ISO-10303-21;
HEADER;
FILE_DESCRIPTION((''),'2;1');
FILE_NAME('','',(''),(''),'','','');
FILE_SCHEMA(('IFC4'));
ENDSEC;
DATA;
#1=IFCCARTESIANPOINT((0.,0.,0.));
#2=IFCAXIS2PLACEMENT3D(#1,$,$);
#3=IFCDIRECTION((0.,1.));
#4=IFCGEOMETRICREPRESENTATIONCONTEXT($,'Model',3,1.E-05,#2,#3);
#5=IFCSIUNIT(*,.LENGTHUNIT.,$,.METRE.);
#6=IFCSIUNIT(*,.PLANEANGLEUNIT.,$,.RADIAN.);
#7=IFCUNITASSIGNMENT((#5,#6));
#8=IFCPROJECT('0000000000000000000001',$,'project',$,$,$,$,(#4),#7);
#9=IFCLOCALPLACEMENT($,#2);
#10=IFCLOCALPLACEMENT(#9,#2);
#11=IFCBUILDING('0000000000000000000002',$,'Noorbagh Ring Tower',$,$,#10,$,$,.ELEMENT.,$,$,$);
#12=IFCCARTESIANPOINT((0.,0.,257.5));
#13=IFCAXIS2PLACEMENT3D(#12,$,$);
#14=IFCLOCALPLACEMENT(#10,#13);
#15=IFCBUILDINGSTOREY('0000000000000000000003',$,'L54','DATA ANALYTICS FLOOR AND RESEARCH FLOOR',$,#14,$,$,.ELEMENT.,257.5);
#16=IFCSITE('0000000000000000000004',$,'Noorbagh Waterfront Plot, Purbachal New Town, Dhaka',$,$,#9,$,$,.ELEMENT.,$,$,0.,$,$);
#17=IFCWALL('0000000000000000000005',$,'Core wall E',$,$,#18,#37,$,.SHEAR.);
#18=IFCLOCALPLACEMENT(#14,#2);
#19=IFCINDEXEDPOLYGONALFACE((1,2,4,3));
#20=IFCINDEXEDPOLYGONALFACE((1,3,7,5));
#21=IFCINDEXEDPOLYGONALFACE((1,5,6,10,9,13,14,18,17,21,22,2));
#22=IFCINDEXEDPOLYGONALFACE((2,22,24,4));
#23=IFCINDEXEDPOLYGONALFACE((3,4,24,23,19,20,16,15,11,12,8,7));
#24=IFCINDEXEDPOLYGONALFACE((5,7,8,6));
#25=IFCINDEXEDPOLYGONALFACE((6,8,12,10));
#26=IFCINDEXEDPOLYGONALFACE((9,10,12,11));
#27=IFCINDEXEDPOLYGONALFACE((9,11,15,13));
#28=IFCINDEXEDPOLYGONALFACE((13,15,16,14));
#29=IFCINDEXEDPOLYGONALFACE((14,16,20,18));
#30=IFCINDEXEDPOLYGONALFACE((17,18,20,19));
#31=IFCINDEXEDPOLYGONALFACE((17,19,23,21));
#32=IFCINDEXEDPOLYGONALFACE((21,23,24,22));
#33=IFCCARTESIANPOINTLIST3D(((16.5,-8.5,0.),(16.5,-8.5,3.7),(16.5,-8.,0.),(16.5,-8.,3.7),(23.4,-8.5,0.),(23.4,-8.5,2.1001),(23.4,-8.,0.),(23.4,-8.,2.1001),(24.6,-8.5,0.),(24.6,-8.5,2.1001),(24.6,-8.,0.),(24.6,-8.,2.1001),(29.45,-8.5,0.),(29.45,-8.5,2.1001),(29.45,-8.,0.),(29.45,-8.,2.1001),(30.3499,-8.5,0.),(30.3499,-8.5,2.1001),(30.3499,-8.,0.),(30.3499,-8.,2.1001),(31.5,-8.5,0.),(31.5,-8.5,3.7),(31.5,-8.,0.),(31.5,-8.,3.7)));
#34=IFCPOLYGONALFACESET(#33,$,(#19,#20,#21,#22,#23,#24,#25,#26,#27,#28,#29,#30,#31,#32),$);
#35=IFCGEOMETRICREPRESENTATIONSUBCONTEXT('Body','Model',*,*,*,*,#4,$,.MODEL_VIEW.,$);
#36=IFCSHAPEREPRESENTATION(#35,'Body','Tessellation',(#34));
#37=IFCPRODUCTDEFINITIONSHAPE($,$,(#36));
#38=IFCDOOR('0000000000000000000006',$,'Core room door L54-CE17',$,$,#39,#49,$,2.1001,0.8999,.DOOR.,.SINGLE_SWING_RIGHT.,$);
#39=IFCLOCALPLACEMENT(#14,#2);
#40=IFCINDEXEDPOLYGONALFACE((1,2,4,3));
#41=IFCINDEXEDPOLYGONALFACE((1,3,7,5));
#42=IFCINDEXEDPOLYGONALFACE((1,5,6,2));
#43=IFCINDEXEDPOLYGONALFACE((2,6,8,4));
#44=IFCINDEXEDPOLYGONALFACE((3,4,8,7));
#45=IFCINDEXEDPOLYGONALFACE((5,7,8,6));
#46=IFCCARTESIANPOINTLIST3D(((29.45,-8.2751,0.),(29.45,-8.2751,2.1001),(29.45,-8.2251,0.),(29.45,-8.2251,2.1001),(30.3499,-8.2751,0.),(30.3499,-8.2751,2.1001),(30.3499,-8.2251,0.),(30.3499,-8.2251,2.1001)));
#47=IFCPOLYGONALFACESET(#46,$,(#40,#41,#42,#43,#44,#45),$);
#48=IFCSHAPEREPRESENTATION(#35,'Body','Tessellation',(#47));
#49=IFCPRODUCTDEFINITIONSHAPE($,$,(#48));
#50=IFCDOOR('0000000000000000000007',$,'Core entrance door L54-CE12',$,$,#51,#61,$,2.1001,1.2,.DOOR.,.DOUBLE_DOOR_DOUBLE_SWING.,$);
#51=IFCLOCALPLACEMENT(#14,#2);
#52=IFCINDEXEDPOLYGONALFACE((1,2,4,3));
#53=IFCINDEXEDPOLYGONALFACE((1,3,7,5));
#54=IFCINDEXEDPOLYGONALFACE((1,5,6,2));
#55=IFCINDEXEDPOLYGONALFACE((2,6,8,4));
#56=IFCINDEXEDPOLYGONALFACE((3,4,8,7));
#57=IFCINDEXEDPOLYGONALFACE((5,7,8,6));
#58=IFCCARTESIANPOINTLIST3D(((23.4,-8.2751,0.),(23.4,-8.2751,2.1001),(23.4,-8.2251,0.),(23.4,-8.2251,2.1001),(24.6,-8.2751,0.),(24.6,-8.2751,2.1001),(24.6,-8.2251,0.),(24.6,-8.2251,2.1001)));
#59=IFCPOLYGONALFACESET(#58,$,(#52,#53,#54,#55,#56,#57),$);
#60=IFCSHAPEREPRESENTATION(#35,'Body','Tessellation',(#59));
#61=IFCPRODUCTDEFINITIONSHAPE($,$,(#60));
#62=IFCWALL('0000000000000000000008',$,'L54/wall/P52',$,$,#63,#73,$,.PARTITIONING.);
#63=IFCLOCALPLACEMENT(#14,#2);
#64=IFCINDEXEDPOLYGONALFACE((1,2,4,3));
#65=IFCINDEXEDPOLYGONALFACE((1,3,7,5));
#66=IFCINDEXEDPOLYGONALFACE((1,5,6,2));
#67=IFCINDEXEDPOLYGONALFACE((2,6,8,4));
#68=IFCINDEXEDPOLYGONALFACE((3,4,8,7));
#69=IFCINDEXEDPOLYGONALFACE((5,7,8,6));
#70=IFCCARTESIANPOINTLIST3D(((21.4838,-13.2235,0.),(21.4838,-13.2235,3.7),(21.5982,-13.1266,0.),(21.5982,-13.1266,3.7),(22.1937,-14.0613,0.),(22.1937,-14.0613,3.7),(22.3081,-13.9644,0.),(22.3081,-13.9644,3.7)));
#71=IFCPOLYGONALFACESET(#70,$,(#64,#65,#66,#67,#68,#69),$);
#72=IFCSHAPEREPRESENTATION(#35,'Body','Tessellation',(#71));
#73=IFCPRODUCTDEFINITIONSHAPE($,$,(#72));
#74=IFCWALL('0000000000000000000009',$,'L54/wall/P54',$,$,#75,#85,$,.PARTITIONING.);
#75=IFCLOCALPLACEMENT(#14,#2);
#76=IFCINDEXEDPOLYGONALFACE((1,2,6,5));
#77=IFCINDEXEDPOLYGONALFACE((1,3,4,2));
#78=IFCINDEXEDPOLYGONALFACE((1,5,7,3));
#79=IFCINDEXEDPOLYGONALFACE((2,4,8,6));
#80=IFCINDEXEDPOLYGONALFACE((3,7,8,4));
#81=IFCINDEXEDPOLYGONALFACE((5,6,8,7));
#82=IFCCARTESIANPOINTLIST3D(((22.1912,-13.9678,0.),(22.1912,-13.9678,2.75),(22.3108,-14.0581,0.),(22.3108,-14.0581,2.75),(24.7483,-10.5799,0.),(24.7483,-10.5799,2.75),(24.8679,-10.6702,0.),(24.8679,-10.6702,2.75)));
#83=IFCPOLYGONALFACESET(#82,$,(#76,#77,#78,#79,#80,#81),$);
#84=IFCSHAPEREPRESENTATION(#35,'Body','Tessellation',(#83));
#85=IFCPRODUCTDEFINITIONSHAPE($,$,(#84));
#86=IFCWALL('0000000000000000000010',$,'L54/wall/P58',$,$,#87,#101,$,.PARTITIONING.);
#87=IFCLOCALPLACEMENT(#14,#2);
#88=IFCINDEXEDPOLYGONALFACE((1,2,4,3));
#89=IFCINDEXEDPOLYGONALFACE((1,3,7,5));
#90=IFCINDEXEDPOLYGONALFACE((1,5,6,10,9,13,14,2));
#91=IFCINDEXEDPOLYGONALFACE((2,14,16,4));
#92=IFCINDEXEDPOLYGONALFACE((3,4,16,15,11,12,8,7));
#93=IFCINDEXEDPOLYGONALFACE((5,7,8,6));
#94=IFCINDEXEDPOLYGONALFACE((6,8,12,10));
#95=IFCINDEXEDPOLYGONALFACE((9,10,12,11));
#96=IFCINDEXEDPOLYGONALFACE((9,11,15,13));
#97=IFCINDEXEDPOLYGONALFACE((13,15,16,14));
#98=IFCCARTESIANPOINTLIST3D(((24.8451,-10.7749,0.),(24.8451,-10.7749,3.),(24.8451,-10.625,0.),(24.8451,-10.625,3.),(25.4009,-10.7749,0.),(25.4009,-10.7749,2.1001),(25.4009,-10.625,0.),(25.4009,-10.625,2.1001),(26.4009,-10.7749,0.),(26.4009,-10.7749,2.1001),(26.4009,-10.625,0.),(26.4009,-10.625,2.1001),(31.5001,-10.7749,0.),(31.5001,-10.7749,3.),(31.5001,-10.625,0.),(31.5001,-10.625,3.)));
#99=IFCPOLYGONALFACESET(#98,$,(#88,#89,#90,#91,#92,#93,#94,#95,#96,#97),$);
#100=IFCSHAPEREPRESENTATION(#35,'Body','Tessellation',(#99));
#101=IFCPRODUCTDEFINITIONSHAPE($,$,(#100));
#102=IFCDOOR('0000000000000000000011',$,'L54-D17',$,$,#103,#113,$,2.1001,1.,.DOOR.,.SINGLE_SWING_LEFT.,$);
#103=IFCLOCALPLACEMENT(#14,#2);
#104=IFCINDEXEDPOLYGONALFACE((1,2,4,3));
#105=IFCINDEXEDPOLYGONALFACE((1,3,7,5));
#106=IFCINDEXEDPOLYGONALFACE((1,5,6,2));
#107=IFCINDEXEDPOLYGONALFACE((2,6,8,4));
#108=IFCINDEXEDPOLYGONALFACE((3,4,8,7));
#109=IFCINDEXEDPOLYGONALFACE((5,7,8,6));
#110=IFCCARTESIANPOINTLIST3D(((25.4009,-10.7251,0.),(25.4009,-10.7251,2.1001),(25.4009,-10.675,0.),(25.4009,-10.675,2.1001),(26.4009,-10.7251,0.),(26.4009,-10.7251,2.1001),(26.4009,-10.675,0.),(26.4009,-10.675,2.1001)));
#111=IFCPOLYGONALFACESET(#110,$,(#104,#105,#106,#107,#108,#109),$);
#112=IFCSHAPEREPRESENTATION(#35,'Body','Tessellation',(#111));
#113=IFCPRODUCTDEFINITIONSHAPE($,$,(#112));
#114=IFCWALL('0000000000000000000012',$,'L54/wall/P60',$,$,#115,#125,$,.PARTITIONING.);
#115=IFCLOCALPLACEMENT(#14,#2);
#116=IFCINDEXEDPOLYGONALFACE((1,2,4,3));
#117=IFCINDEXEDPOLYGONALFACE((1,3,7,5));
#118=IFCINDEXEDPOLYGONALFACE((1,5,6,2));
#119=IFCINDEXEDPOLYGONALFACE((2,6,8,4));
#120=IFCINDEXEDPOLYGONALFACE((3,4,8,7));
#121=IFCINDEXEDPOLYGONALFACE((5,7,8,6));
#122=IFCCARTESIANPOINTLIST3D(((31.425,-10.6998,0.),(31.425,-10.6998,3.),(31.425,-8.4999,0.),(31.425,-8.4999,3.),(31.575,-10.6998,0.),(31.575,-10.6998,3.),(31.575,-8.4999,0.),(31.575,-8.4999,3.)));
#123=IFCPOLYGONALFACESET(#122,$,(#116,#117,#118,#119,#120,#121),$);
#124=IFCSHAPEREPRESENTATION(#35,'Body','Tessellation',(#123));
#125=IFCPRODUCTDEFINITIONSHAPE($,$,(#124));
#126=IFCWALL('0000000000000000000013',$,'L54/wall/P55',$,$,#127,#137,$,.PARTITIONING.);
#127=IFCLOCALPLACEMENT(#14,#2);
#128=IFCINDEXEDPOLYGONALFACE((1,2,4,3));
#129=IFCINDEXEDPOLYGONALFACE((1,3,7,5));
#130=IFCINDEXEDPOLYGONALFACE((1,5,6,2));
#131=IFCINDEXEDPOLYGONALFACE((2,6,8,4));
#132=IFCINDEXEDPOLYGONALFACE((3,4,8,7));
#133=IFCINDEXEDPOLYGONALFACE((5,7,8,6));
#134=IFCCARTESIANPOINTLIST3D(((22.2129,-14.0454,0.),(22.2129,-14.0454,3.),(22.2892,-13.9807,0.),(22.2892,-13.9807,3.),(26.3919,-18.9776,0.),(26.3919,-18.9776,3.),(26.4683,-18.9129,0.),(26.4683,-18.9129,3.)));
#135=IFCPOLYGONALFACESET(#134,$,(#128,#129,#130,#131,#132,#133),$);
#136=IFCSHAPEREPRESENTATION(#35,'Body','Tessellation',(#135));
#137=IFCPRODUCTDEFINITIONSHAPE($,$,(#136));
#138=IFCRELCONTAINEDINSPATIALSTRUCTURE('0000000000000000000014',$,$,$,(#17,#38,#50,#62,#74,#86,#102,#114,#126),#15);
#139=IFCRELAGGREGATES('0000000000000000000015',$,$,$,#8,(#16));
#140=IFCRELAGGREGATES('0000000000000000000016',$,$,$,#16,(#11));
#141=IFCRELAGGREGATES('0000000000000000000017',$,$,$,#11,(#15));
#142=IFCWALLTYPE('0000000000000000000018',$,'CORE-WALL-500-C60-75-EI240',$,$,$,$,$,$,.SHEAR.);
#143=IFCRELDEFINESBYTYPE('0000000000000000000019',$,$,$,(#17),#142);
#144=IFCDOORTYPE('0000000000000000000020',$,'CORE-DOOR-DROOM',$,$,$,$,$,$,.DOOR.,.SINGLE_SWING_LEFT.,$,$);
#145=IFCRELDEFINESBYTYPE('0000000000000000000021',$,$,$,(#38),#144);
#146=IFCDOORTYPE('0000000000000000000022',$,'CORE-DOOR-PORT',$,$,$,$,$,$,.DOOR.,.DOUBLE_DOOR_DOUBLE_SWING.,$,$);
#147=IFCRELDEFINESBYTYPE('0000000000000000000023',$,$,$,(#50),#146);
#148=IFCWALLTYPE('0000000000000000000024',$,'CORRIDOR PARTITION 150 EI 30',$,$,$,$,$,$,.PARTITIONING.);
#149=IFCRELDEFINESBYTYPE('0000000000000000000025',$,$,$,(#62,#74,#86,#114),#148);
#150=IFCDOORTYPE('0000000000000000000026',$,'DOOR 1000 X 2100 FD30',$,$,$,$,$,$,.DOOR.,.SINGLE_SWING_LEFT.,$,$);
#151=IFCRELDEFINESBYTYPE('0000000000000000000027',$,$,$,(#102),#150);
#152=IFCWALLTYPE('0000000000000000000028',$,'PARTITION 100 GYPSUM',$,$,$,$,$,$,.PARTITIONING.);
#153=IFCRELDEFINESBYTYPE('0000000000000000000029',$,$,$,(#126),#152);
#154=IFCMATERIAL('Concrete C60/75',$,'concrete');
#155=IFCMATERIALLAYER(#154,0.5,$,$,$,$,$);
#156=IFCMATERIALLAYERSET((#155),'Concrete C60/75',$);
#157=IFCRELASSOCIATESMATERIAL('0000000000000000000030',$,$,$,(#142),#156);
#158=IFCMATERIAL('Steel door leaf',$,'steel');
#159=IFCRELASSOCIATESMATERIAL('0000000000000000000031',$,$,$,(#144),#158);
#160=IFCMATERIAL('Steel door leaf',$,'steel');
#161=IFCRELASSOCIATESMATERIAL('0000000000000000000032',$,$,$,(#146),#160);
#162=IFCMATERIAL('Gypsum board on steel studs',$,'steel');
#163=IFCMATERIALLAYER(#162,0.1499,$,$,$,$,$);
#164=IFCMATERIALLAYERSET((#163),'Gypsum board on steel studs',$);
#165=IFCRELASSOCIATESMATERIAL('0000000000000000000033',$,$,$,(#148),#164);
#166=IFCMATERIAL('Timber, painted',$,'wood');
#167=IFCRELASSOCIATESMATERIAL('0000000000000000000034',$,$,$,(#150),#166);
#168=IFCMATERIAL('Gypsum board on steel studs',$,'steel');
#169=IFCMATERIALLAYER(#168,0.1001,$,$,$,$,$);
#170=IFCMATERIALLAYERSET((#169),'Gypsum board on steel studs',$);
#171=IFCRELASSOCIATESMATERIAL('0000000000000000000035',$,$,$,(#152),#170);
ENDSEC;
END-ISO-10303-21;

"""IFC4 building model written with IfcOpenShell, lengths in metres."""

from ifc_helpers import new_model, si_unit, direction, frame, frame_2d, origin, place, context, subcontext, project, spatial, rectangle, extrude, material, layer, layer_set, type_object, element, fill, save


model = new_model("IFC4")

# Units and contexts
model_context = context("Model", 3, precision=1e-05, world=origin(), true_north=direction((0.0, 1.0)))
body_context = subcontext(model_context, "Body", "Model", "MODEL_VIEW")
ifc_project = project(units=[si_unit("LENGTHUNIT", "METRE"), si_unit("PLANEANGLEUNIT", "RADIAN")], contexts=[model_context])

# Site, building, storey
site_placement = place(None, origin())
site = spatial("IfcSite", under=ifc_project, at=site_placement, Name="Noorbagh Waterfront Plot, Purbachal New Town, Dhaka", CompositionType="ELEMENT", RefElevation=0.0)
building_placement = place(site_placement, origin())
building = spatial("IfcBuilding", under=site, at=building_placement, Name="Noorbagh Ring Tower", CompositionType="ELEMENT")
storey_placement = place(building_placement, frame((0.0, 0.0, 257.5)))
storey = spatial("IfcBuildingStorey", under=building, at=storey_placement, Name="L54", Description="DATA ANALYTICS FLOOR AND RESEARCH FLOOR", CompositionType="ELEMENT", Elevation=257.5)

# Wall, openings, doors
ifc_material_1 = material(Name="Concrete C60/75", Category="concrete")
ifc_layer_1 = layer(ifc_material_1, 0.5)
ifc_layer_set_1 = layer_set([ifc_layer_1], Name="Concrete C60/75")
wall_type_1 = type_object("IfcWallType", Name="CORE-WALL-500-C60-75-EI240", PredefinedType="SHEAR", material=ifc_layer_set_1)
wall_1_placement = place(storey_placement, frame((16.5, -8.25, 0.0), z_axis=(0.0, 0.0, 1.0), x_axis=(1.0, 0.0, 0.0)))
wall_1 = element("IfcWall", 1, at=wall_1_placement, inside=storey, type_object=wall_type_1, Name="Core wall E", PredefinedType="SHEAR", context=body_context, shape_type="SweptSolid", body=[
    extrude(rectangle(XDim=15.0, YDim=0.5, at=frame_2d((7.5, 0.0))), origin(), (0.0, 0.0, 1.0), 3.7),
])
opening_1_placement = place(wall_1_placement, frame((6.8999, 0.0, 0.0)))
opening_1 = element("IfcOpeningElement", 2, at=opening_1_placement, cuts=wall_1, PredefinedType="OPENING", context=body_context, shape_type="SweptSolid", body=[
    extrude(rectangle(XDim=1.2, YDim=2.1001, at=frame_2d((0.6001, 1.05))), frame((0.0, 0.26, 0.0), z_axis=(0.0, -1.0, 0.0), x_axis=(1.0, 0.0, 0.0)), (0.0, 0.0, 1.0), 0.52),
])
opening_2_placement = place(wall_1_placement, frame((12.95, 0.0, 0.0)))
opening_2 = element("IfcOpeningElement", 3, at=opening_2_placement, cuts=wall_1, PredefinedType="OPENING", context=body_context, shape_type="SweptSolid", body=[
    extrude(rectangle(XDim=0.8999, YDim=2.1001, at=frame_2d((0.45, 1.05))), frame((0.0, 0.26, 0.0), z_axis=(0.0, -1.0, 0.0), x_axis=(1.0, 0.0, 0.0)), (0.0, 0.0, 1.0), 0.52),
])
ifc_material_2 = material(Name="Steel door leaf", Category="steel")
door_type_1 = type_object("IfcDoorType", Name="CORE-DOOR-DROOM", OperationType="SINGLE_SWING_LEFT", PredefinedType="DOOR", material=ifc_material_2)
door_1_placement = place(opening_2_placement, origin())
door_1 = element("IfcDoor", 4, at=door_1_placement, inside=storey, type_object=door_type_1, Name="Core room door L54-CE17", OperationType="SINGLE_SWING_RIGHT", OverallHeight=2.1001, OverallWidth=0.8999, PredefinedType="DOOR", context=body_context, shape_type="SweptSolid", body=[
    extrude(rectangle(XDim=0.8999, YDim=2.1001, at=frame_2d((0.45, 1.05))), frame((0.0, 0.0249, 0.0), z_axis=(0.0, -1.0, 0.0), x_axis=(1.0, 0.0, 0.0)), (0.0, 0.0, 1.0), 0.05),
])
fill(opening_2, door_1)
ifc_material_3 = material(Name="Steel door leaf", Category="steel")
door_type_2 = type_object("IfcDoorType", Name="CORE-DOOR-PORT", OperationType="DOUBLE_DOOR_DOUBLE_SWING", PredefinedType="DOOR", material=ifc_material_3)
door_2_placement = place(opening_1_placement, origin())
door_2 = element("IfcDoor", 5, at=door_2_placement, inside=storey, type_object=door_type_2, Name="Core entrance door L54-CE12", OperationType="DOUBLE_DOOR_DOUBLE_SWING", OverallHeight=2.1001, OverallWidth=1.2, PredefinedType="DOOR", context=body_context, shape_type="SweptSolid", body=[
    extrude(rectangle(XDim=1.2, YDim=2.1001, at=frame_2d((0.6001, 1.05))), frame((0.0, 0.0249, 0.0), z_axis=(0.0, -1.0, 0.0), x_axis=(1.0, 0.0, 0.0)), (0.0, 0.0, 1.0), 0.05),
])
fill(opening_1, door_2)

# Walls
ifc_material_4 = material(Name="Gypsum board on steel studs", Category="steel")
ifc_layer_2 = layer(ifc_material_4, 0.1499)
ifc_layer_set_2 = layer_set([ifc_layer_2], Name="Gypsum board on steel studs")
wall_type_2 = type_object("IfcWallType", Name="CORRIDOR PARTITION 150 EI 30", PredefinedType="PARTITIONING", material=ifc_layer_set_2)
wall_2_placement = place(storey_placement, frame((21.541, -13.175, 0.0), z_axis=(0.0, 0.0, 1.0), x_axis=(0.64646, -0.762948, 0.0)))
element("IfcWall", 6, at=wall_2_placement, inside=storey, type_object=wall_type_2, Name="L54/wall/P52", PredefinedType="PARTITIONING", context=body_context, shape_type="SweptSolid", body=[
    extrude(rectangle(XDim=1.0981, YDim=0.1499, at=frame_2d((0.5491, 0.0))), origin(), (0.0, 0.0, 1.0), 3.7),
])
wall_3_placement = place(storey_placement, frame((22.251, -14.0129, 0.0), z_axis=(0.0, 0.0, 1.0), x_axis=(0.602436, 0.798167, 0.0)))
element("IfcWall", 7, at=wall_3_placement, inside=storey, type_object=wall_type_2, Name="L54/wall/P54", PredefinedType="PARTITIONING", context=body_context, shape_type="SweptSolid", body=[
    extrude(rectangle(XDim=4.2446, YDim=0.1499, at=frame_2d((2.1223, 0.0))), origin(), (0.0, 0.0, 1.0), 2.75),
])

# Wall, opening, door
wall_4_placement = place(storey_placement, frame((24.845, -10.7, 0.0), z_axis=(0.0, 0.0, 1.0), x_axis=(1.0, 0.0, 0.0)))
wall_4 = element("IfcWall", 8, at=wall_4_placement, inside=storey, type_object=wall_type_2, Name="L54/wall/P58", PredefinedType="PARTITIONING", context=body_context, shape_type="SweptSolid", body=[
    extrude(rectangle(XDim=6.655, YDim=0.1499, at=frame_2d((3.3276, 0.0))), origin(), (0.0, 0.0, 1.0), 3.0),
])
opening_3_placement = place(wall_4_placement, frame((0.5559, 0.0, 0.0)))
opening_3 = element("IfcOpeningElement", 9, at=opening_3_placement, cuts=wall_4, PredefinedType="OPENING", context=body_context, shape_type="SweptSolid", body=[
    extrude(rectangle(XDim=1.0, YDim=2.1001, at=frame_2d((0.5, 1.05))), frame((0.0, 0.085, 0.0), z_axis=(0.0, -1.0, 0.0), x_axis=(1.0, 0.0, 0.0)), (0.0, 0.0, 1.0), 0.1699),
])
ifc_material_5 = material(Name="Timber, painted", Category="wood")
door_type_3 = type_object("IfcDoorType", Name="DOOR 1000 X 2100 FD30", OperationType="SINGLE_SWING_LEFT", PredefinedType="DOOR", material=ifc_material_5)
door_3_placement = place(opening_3_placement, origin())
door_3 = element("IfcDoor", 10, at=door_3_placement, inside=storey, type_object=door_type_3, Name="L54-D17", OperationType="SINGLE_SWING_LEFT", OverallHeight=2.1001, OverallWidth=1.0, PredefinedType="DOOR", context=body_context, shape_type="SweptSolid", body=[
    extrude(rectangle(XDim=1.0, YDim=2.1001, at=frame_2d((0.5, 1.05))), frame((0.0, 0.0249, 0.0), z_axis=(0.0, -1.0, 0.0), x_axis=(1.0, 0.0, 0.0)), (0.0, 0.0, 1.0), 0.05),
])
fill(opening_3, door_3)

# Walls
wall_5_placement = place(storey_placement, frame((31.5, -10.7, 0.0), z_axis=(0.0, 0.0, 1.0), x_axis=(0.0, 1.0, 0.0)))
element("IfcWall", 11, at=wall_5_placement, inside=storey, type_object=wall_type_2, Name="L54/wall/P60", PredefinedType="PARTITIONING", context=body_context, shape_type="SweptSolid", body=[
    extrude(rectangle(XDim=2.2, YDim=0.1499, at=frame_2d((1.1001, 0.0))), origin(), (0.0, 0.0, 1.0), 3.0),
])
ifc_material_6 = material(Name="Gypsum board on steel studs", Category="steel")
ifc_layer_3 = layer(ifc_material_6, 0.1001)
ifc_layer_set_3 = layer_set([ifc_layer_3], Name="Gypsum board on steel studs")
wall_type_3 = type_object("IfcWallType", Name="PARTITION 100 GYPSUM", PredefinedType="PARTITIONING", material=ifc_layer_set_3)
wall_6_placement = place(storey_placement, frame((22.251, -14.0129, 0.0), z_axis=(0.0, 0.0, 1.0), x_axis=(0.646448, -0.762958, 0.0)))
element("IfcWall", 12, at=wall_6_placement, inside=storey, type_object=wall_type_3, Name="L54/wall/P55", PredefinedType="PARTITIONING", context=body_context, shape_type="SweptSolid", body=[
    extrude(rectangle(XDim=6.4646, YDim=0.1001, at=frame_2d((3.2324, 0.0))), origin(), (0.0, 0.0, 1.0), 3.0),
])

save(model, "model.ifc")
